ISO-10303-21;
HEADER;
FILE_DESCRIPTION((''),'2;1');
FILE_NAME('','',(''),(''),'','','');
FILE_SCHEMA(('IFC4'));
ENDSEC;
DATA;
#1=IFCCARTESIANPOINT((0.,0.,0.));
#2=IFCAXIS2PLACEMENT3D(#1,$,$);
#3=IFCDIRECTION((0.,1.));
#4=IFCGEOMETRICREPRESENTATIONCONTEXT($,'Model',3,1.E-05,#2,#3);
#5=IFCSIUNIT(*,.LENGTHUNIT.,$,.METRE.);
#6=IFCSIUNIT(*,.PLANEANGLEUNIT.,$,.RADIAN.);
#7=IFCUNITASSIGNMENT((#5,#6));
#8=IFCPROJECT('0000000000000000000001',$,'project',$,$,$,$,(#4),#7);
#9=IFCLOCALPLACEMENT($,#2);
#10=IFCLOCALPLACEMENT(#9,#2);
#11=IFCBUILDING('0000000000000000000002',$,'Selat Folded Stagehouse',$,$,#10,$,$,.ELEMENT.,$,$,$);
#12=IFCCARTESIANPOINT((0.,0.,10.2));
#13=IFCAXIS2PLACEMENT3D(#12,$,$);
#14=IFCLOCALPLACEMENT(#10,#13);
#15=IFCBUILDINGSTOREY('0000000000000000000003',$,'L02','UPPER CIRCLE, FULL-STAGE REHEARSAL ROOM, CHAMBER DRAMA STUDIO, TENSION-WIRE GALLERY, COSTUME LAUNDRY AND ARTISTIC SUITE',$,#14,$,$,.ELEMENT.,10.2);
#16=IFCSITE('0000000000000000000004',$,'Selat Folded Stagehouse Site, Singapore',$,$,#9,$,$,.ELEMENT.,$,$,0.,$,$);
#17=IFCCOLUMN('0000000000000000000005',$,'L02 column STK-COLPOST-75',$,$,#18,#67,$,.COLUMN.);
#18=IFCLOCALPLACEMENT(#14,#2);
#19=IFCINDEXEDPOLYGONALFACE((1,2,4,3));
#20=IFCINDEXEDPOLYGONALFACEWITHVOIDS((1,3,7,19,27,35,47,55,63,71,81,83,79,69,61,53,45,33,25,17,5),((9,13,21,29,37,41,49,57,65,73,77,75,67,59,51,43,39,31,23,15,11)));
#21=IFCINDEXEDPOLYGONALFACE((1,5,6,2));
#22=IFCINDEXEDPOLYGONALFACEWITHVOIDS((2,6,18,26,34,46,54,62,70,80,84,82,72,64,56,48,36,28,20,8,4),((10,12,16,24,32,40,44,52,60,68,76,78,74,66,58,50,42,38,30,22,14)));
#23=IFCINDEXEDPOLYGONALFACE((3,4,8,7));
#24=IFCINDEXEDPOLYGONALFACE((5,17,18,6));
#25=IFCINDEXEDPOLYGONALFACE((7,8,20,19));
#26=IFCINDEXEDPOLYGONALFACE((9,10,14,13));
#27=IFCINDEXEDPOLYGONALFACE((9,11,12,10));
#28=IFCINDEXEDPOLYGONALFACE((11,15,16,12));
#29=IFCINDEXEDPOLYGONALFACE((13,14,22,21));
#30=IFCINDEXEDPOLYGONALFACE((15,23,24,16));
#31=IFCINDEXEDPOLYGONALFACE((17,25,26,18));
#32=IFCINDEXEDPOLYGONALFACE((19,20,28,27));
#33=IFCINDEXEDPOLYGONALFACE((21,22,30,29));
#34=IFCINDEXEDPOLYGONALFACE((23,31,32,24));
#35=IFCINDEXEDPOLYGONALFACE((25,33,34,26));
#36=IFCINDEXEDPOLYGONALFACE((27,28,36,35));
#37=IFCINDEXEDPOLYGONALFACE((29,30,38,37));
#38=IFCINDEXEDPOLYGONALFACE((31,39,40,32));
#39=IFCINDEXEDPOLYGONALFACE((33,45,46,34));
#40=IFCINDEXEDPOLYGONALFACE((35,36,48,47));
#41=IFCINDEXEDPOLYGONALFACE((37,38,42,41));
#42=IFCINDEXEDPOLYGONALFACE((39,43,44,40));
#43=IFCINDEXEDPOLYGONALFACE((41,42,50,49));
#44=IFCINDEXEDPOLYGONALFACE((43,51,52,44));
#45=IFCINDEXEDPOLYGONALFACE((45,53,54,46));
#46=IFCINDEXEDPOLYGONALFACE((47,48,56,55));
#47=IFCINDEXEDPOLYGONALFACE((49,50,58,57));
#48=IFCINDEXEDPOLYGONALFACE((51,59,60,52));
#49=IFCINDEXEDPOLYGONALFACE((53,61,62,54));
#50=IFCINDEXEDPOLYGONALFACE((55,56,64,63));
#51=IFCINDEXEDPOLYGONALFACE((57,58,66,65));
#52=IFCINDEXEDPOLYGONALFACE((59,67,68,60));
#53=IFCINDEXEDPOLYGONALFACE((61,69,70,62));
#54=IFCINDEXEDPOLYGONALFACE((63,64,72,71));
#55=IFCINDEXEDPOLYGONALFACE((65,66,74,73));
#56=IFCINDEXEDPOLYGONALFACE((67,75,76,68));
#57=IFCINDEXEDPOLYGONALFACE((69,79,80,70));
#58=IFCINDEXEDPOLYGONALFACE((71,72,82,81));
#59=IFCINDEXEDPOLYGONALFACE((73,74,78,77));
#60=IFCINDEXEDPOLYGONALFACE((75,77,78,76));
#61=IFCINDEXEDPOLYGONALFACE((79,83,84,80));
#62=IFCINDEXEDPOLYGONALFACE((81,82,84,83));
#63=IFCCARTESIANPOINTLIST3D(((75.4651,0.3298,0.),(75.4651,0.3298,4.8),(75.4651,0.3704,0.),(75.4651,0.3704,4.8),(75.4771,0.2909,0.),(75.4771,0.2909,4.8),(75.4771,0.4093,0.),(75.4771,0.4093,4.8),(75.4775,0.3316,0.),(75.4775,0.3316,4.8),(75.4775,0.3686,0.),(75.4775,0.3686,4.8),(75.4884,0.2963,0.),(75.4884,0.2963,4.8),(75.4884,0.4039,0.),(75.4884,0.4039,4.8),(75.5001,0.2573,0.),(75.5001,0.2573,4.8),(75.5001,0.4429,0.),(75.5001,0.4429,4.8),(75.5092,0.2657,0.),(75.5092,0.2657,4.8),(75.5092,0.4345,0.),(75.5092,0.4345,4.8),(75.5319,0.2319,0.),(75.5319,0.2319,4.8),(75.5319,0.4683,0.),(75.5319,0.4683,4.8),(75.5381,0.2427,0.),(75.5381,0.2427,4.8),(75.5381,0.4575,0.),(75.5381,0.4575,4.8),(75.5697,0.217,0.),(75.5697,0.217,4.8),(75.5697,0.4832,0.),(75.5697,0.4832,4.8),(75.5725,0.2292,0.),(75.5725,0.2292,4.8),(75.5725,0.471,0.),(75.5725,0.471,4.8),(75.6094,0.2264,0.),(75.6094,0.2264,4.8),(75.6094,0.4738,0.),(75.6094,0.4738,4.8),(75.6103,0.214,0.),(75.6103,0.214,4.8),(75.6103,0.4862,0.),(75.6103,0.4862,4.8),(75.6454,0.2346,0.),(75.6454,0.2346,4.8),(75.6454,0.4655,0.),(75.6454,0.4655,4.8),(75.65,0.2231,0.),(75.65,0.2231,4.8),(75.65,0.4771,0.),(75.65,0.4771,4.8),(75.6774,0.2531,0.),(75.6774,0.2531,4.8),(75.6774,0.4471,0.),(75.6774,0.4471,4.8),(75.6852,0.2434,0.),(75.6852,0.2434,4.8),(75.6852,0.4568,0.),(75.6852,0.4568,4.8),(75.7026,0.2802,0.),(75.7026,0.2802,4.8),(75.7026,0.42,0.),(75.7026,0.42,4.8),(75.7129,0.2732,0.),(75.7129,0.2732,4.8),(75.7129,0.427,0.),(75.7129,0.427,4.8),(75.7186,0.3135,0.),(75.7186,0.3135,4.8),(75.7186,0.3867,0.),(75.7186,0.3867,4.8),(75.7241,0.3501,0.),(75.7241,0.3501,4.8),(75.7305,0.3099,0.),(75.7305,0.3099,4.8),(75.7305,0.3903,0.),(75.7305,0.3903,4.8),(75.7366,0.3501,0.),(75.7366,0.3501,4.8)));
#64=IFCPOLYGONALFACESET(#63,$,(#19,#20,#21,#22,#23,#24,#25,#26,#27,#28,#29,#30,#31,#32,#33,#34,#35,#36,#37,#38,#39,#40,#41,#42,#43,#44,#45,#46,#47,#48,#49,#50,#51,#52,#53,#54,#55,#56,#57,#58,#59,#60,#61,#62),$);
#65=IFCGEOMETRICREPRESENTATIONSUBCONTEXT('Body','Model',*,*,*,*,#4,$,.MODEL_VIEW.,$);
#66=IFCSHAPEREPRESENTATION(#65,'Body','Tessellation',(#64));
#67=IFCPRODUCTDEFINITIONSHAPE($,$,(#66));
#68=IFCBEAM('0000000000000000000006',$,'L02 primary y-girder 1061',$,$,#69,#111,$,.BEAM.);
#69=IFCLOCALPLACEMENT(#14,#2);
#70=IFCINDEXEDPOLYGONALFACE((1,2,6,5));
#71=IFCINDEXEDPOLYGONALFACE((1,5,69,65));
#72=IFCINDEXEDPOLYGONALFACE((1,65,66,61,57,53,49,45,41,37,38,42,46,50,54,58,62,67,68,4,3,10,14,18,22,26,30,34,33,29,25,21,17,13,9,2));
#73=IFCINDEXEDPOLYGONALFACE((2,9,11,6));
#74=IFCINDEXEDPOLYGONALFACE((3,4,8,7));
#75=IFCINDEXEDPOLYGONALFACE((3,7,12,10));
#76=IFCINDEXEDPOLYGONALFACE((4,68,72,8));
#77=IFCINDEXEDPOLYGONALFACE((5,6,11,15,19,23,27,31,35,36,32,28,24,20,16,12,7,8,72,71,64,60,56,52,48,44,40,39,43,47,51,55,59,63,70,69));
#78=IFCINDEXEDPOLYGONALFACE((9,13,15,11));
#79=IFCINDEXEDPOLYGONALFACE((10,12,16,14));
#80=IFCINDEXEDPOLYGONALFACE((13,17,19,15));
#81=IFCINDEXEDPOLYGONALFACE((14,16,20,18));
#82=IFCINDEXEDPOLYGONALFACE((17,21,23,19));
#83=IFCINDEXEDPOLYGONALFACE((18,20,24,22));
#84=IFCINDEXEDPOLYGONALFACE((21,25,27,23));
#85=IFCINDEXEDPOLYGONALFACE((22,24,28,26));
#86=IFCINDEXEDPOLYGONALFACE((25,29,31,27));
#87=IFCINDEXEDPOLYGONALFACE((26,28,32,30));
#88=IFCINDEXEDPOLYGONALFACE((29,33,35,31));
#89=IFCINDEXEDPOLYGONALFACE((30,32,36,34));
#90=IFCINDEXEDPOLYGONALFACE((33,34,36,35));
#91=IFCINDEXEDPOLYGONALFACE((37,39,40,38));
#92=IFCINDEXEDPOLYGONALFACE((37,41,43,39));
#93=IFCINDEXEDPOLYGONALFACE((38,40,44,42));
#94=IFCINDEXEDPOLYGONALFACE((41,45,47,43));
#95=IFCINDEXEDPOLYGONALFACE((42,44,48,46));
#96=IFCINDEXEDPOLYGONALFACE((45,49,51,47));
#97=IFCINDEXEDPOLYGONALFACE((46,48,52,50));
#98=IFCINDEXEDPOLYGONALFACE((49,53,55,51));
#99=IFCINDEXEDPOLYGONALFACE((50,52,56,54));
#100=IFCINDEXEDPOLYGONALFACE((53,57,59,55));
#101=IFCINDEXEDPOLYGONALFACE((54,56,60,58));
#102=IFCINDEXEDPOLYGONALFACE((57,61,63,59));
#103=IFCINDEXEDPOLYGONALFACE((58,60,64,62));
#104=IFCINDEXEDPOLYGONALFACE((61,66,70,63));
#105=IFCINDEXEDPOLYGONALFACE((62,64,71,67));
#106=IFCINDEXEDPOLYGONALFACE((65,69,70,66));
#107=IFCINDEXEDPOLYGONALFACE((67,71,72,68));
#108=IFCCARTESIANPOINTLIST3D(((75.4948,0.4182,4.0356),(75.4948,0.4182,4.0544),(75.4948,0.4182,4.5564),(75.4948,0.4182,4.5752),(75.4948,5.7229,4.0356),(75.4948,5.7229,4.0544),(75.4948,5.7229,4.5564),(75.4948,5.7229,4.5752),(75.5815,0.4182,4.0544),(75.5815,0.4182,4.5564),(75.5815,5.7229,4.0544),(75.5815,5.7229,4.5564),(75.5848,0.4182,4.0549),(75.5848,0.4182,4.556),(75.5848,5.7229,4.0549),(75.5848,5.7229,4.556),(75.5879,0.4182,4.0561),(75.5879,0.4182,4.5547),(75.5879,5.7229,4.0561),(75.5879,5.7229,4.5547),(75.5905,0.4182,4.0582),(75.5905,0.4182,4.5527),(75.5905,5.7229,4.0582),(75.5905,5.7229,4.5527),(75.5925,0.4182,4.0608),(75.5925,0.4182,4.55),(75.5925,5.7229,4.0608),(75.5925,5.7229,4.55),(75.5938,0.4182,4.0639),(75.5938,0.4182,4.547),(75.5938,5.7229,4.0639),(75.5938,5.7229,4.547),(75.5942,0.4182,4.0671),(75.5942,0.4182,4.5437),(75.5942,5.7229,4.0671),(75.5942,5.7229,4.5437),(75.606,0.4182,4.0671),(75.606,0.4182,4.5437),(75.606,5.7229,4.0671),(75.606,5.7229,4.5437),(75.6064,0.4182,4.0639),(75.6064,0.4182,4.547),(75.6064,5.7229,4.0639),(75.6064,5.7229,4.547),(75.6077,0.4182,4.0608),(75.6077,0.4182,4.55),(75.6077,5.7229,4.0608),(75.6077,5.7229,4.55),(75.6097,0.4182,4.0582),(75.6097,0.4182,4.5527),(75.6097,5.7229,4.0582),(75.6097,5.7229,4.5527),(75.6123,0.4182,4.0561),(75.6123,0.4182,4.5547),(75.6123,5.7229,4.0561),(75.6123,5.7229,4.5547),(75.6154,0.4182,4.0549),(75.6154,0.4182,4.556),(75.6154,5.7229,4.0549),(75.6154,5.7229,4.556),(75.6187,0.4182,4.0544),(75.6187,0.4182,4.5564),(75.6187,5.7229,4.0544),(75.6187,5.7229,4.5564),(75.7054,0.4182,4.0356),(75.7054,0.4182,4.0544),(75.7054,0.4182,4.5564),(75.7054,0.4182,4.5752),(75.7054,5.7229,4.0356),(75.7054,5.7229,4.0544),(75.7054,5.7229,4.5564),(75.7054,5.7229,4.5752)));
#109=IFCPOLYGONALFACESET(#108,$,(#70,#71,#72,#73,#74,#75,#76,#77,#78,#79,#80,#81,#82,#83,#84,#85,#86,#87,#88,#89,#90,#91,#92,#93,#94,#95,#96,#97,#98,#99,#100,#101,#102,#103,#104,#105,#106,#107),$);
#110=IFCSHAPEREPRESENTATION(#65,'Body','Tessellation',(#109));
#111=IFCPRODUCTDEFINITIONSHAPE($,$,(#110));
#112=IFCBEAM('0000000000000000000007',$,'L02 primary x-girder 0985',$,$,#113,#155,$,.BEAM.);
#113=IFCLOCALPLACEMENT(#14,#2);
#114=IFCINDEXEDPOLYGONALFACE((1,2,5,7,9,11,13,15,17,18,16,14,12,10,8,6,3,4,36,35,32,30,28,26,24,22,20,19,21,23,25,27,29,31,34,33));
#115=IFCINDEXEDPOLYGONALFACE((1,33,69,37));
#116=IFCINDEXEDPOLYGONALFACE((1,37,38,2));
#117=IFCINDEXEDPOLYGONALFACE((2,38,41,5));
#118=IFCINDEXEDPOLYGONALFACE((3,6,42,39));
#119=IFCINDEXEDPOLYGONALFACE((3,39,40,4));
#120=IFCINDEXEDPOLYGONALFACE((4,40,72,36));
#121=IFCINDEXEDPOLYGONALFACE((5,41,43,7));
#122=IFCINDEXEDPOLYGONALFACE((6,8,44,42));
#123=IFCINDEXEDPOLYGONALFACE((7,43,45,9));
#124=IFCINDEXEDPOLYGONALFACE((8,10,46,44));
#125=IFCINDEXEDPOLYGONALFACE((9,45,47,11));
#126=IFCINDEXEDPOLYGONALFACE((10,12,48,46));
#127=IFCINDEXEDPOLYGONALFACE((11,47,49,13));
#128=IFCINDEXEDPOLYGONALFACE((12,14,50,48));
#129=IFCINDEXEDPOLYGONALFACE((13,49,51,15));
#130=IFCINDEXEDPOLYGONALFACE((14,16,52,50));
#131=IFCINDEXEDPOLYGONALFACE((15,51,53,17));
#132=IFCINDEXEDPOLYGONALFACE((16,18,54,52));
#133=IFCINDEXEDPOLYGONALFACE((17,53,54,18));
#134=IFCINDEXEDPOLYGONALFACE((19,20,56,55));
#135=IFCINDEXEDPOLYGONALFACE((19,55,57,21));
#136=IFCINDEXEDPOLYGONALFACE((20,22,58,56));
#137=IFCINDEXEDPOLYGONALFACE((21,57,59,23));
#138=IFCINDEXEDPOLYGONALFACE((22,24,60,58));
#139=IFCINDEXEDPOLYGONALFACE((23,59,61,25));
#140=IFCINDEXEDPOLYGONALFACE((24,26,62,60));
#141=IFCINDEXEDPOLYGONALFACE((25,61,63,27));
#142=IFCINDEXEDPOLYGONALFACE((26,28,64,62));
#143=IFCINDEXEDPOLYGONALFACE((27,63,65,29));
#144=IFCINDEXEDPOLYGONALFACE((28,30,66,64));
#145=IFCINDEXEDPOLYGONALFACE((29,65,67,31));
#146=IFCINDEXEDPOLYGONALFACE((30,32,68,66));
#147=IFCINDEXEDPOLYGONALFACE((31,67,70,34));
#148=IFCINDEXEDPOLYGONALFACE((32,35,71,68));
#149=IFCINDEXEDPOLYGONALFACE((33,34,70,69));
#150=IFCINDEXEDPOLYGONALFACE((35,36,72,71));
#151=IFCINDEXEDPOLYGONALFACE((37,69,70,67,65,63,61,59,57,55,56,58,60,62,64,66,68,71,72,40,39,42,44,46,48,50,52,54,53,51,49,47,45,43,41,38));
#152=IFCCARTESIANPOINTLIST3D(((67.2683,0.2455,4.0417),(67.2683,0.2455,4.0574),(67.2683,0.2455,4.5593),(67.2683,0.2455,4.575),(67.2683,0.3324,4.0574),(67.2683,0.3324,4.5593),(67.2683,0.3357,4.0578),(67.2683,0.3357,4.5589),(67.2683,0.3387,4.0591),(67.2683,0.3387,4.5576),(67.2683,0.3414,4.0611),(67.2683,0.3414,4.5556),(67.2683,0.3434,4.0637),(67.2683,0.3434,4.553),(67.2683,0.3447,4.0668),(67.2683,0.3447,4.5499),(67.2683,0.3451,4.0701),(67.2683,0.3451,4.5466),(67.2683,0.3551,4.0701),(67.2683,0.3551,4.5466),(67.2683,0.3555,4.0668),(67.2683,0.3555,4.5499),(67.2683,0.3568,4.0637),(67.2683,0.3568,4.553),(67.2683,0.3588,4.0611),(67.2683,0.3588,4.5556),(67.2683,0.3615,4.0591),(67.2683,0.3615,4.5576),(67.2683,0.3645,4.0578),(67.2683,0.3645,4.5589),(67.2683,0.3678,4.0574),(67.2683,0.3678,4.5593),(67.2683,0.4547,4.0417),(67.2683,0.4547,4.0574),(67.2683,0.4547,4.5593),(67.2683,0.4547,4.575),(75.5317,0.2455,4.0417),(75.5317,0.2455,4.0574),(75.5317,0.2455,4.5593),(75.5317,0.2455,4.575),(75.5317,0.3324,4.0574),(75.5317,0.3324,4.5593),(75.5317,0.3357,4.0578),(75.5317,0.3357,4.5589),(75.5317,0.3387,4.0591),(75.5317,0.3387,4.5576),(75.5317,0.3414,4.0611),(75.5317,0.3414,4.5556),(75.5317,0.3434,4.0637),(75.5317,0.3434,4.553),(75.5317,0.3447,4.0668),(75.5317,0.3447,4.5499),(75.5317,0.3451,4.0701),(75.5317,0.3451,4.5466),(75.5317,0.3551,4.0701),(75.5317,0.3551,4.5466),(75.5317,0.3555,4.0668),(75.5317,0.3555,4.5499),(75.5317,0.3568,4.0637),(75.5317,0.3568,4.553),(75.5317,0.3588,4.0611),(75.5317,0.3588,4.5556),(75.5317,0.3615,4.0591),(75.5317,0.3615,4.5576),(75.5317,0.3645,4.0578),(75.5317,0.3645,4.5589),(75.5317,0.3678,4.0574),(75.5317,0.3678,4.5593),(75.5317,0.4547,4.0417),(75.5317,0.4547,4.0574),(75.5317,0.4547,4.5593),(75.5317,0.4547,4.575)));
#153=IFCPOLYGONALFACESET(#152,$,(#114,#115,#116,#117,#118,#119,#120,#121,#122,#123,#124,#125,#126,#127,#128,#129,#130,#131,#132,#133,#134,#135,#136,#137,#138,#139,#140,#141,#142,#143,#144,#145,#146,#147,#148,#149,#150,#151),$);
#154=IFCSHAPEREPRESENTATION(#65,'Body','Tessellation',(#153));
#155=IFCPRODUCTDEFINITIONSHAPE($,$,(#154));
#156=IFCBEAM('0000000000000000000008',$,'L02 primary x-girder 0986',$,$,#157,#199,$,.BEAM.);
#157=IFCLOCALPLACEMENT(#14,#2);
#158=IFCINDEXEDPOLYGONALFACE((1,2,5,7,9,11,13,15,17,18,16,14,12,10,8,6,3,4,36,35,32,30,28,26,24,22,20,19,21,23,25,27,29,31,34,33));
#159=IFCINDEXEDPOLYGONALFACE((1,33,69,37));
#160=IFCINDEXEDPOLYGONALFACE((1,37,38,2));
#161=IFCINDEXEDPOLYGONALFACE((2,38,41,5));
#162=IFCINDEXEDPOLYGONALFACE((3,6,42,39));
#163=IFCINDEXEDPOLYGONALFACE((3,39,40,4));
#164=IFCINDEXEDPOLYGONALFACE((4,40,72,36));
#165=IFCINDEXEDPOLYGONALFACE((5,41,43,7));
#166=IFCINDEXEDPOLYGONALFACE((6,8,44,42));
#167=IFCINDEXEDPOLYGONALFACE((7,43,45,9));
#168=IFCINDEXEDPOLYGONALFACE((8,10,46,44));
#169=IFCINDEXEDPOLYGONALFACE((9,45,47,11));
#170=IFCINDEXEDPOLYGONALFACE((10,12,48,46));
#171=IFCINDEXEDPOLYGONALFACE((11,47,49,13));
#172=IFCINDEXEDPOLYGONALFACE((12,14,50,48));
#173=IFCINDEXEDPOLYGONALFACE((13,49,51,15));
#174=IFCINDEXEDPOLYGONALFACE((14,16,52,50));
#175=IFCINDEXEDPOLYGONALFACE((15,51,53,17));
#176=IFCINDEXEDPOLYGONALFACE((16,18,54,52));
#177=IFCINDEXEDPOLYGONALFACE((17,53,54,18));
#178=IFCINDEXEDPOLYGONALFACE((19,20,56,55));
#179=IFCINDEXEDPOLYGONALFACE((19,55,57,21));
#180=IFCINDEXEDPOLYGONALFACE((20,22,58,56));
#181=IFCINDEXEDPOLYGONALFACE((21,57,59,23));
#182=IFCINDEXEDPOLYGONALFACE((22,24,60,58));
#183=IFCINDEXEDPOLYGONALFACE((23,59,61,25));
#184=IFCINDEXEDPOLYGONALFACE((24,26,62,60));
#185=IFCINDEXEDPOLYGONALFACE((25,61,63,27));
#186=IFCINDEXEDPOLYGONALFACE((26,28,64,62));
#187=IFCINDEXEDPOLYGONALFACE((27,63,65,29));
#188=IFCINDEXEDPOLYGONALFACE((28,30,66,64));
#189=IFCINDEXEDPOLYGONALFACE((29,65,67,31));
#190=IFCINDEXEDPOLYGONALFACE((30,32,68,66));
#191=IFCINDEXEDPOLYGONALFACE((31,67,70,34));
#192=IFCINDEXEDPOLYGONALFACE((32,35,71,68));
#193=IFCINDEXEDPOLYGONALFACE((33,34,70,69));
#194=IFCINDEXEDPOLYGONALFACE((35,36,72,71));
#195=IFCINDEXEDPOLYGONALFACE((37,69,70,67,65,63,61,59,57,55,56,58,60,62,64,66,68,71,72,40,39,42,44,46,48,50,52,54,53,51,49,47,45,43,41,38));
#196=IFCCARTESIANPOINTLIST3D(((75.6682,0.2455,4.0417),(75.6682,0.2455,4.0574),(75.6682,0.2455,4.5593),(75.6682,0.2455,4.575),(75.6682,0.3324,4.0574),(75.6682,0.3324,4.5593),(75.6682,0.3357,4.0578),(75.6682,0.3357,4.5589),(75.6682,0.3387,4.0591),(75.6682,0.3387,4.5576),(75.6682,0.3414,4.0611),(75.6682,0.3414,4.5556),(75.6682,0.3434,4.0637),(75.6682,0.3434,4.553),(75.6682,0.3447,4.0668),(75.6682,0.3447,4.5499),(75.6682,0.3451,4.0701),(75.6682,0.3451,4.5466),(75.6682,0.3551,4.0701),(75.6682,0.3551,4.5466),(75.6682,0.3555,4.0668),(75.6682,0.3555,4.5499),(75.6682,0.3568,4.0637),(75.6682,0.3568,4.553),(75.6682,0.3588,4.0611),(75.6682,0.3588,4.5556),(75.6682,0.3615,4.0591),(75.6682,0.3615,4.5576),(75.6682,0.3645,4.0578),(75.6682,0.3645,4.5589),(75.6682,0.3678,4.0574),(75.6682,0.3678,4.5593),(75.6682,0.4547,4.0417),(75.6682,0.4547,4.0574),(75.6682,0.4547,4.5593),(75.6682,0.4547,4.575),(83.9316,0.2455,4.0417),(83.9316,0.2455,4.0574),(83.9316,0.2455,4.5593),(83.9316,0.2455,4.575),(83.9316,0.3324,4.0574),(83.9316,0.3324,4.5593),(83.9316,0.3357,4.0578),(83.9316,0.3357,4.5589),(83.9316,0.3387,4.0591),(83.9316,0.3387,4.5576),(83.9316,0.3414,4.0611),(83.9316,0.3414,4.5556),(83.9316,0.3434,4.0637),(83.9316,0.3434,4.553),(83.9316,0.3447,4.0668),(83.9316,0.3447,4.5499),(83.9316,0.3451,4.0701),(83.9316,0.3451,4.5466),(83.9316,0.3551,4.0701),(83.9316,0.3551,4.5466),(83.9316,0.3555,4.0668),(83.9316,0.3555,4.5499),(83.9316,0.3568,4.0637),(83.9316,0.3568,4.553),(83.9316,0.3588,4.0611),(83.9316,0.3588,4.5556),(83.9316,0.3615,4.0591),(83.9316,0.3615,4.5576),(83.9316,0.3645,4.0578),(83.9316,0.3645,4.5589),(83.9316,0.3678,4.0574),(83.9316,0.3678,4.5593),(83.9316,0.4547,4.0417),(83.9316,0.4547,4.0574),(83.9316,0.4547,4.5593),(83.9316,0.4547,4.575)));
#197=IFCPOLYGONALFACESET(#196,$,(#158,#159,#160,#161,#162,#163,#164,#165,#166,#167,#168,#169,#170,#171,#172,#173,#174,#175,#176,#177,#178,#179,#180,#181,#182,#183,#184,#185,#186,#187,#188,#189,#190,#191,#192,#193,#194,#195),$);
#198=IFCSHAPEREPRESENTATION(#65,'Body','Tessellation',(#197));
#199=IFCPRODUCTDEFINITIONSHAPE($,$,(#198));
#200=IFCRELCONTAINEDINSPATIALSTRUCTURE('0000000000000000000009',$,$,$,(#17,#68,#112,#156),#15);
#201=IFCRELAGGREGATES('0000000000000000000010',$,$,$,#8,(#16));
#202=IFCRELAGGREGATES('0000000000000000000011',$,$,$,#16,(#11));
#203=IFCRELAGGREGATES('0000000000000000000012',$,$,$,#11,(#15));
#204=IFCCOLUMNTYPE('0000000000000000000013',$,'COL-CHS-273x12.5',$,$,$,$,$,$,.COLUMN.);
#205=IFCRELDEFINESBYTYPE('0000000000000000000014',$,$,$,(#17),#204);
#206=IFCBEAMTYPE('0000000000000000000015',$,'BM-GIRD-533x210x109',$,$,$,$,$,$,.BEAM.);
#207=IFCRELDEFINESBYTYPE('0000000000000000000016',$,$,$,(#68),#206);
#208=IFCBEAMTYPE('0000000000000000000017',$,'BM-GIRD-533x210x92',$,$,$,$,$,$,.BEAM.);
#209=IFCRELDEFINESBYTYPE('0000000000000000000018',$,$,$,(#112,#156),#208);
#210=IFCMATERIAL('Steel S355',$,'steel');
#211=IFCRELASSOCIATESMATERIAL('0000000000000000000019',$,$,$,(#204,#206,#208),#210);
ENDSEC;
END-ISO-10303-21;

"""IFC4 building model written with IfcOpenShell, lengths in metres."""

from ifc_helpers import new_model, si_unit, direction, frame, origin, origin_2d, place, context, subcontext, project, spatial, hollow_circle, i_section, extrude, material, material_profile, profile_set, type_object, element, save


model = new_model("IFC4")

# Units and contexts
model_context = context("Model", 3, precision=1e-05, world=origin(), true_north=direction((0.0, 1.0)))
body_context = subcontext(model_context, "Body", "Model", "MODEL_VIEW")
ifc_project = project(units=[si_unit("LENGTHUNIT", "METRE"), si_unit("PLANEANGLEUNIT", "RADIAN")], contexts=[model_context])

# Site, building, storey
site_placement = place(None, origin())
site = spatial("IfcSite", under=ifc_project, at=site_placement, Name="Selat Folded Stagehouse Site, Singapore", CompositionType="ELEMENT", RefElevation=0.0)
building_placement = place(site_placement, origin())
building = spatial("IfcBuilding", under=site, at=building_placement, Name="Selat Folded Stagehouse", CompositionType="ELEMENT")
storey_placement = place(building_placement, frame((0.0, 0.0, 10.2)))
storey = spatial("IfcBuildingStorey", under=building, at=storey_placement, Name="L02", Description="UPPER CIRCLE, FULL-STAGE REHEARSAL ROOM, CHAMBER DRAMA STUDIO, TENSION-WIRE GALLERY, COSTUME LAUNDRY AND ARTISTIC SUITE", CompositionType="ELEMENT", Elevation=10.2)

# Column
ifc_material_1 = material(Name="Steel S355", Category="steel")
ifc_material_profile_1 = material_profile(ifc_material_1, hollow_circle(Radius=0.1365, WallThickness=0.0125, at=origin_2d()), Name="CHS 273.0x12.5")
ifc_profile_set_1 = profile_set([ifc_material_profile_1], Name="Steel S355")
column_type = type_object("IfcColumnType", Name="COL-CHS-273x12.5", PredefinedType="COLUMN", material=ifc_profile_set_1)
column_placement = place(storey_placement, frame((75.6001, 0.3501, 0.0), z_axis=(0.0, 0.0, 1.0), x_axis=(1.0, 0.0, 0.0)))
element("IfcColumn", 1, at=column_placement, inside=storey, type_object=column_type, Name="L02 column STK-COLPOST-75", PredefinedType="COLUMN", context=body_context, shape_type="SweptSolid", body=[
    extrude(hollow_circle(Radius=0.1365, WallThickness=0.0125, at=origin_2d()), origin(), (0.0, 0.0, 1.0), 4.8),
])

# Beams
ifc_material_profile_2 = material_profile(ifc_material_1, i_section(OverallWidth=0.2107, OverallDepth=0.5396, WebThickness=0.0117, FlangeThickness=0.0188, FilletRadius=0.0127, at=origin_2d()), Name="UKB 533x210x109")
ifc_profile_set_2 = profile_set([ifc_material_profile_2], Name="Steel S355")
beam_type_1 = type_object("IfcBeamType", Name="BM-GIRD-533x210x109", PredefinedType="BEAM", material=ifc_profile_set_2)
beam_placement = place(storey_placement, frame((75.6001, 0.4182, 4.3054), z_axis=(0.0, 1.0, 0.0), x_axis=(-1.0, 0.0, 0.0)))
element("IfcBeam", 2, at=beam_placement, inside=storey, type_object=beam_type_1, Name="L02 primary y-girder 1061", PredefinedType="BEAM", context=body_context, shape_type="SweptSolid", body=[
    extrude(i_section(OverallWidth=0.2107, OverallDepth=0.5396, WebThickness=0.0117, FlangeThickness=0.0188, FilletRadius=0.0127, at=origin_2d()), origin(), (0.0, 0.0, 1.0), 5.3047),
])
ifc_material_profile_3 = material_profile(ifc_material_1, i_section(OverallWidth=0.2092, OverallDepth=0.5332, WebThickness=0.01, FlangeThickness=0.0156, FilletRadius=0.0127, at=origin_2d()), Name="UKB 533x210x92")
ifc_profile_set_3 = profile_set([ifc_material_profile_3], Name="Steel S355")
beam_type_2 = type_object("IfcBeamType", Name="BM-GIRD-533x210x92", PredefinedType="BEAM", material=ifc_profile_set_3)
for number, where, z_axis, x_axis, name in (
    (3, (67.2683, 0.3501, 4.3083), (1.0, 0.0, 0.0), (0.0, 1.0, 0.0), "L02 primary x-girder 0985"),
    (4, (75.6682, 0.3501, 4.3083), (1.0, 0.0, 0.0), (0.0, 1.0, 0.0), "L02 primary x-girder 0986"),
):
    element("IfcBeam", number, at=place(storey_placement, frame(where, z_axis=z_axis, x_axis=x_axis)), inside=storey, type_object=beam_type_2, Name=name, PredefinedType="BEAM", context=body_context, shape_type="SweptSolid", body=[
        extrude(i_section(OverallWidth=0.2092, OverallDepth=0.5332, WebThickness=0.01, FlangeThickness=0.0156, FilletRadius=0.0127, at=origin_2d()), origin(), (0.0, 0.0, 1.0), 8.2634),
    ])

save(model, "model.ifc")
